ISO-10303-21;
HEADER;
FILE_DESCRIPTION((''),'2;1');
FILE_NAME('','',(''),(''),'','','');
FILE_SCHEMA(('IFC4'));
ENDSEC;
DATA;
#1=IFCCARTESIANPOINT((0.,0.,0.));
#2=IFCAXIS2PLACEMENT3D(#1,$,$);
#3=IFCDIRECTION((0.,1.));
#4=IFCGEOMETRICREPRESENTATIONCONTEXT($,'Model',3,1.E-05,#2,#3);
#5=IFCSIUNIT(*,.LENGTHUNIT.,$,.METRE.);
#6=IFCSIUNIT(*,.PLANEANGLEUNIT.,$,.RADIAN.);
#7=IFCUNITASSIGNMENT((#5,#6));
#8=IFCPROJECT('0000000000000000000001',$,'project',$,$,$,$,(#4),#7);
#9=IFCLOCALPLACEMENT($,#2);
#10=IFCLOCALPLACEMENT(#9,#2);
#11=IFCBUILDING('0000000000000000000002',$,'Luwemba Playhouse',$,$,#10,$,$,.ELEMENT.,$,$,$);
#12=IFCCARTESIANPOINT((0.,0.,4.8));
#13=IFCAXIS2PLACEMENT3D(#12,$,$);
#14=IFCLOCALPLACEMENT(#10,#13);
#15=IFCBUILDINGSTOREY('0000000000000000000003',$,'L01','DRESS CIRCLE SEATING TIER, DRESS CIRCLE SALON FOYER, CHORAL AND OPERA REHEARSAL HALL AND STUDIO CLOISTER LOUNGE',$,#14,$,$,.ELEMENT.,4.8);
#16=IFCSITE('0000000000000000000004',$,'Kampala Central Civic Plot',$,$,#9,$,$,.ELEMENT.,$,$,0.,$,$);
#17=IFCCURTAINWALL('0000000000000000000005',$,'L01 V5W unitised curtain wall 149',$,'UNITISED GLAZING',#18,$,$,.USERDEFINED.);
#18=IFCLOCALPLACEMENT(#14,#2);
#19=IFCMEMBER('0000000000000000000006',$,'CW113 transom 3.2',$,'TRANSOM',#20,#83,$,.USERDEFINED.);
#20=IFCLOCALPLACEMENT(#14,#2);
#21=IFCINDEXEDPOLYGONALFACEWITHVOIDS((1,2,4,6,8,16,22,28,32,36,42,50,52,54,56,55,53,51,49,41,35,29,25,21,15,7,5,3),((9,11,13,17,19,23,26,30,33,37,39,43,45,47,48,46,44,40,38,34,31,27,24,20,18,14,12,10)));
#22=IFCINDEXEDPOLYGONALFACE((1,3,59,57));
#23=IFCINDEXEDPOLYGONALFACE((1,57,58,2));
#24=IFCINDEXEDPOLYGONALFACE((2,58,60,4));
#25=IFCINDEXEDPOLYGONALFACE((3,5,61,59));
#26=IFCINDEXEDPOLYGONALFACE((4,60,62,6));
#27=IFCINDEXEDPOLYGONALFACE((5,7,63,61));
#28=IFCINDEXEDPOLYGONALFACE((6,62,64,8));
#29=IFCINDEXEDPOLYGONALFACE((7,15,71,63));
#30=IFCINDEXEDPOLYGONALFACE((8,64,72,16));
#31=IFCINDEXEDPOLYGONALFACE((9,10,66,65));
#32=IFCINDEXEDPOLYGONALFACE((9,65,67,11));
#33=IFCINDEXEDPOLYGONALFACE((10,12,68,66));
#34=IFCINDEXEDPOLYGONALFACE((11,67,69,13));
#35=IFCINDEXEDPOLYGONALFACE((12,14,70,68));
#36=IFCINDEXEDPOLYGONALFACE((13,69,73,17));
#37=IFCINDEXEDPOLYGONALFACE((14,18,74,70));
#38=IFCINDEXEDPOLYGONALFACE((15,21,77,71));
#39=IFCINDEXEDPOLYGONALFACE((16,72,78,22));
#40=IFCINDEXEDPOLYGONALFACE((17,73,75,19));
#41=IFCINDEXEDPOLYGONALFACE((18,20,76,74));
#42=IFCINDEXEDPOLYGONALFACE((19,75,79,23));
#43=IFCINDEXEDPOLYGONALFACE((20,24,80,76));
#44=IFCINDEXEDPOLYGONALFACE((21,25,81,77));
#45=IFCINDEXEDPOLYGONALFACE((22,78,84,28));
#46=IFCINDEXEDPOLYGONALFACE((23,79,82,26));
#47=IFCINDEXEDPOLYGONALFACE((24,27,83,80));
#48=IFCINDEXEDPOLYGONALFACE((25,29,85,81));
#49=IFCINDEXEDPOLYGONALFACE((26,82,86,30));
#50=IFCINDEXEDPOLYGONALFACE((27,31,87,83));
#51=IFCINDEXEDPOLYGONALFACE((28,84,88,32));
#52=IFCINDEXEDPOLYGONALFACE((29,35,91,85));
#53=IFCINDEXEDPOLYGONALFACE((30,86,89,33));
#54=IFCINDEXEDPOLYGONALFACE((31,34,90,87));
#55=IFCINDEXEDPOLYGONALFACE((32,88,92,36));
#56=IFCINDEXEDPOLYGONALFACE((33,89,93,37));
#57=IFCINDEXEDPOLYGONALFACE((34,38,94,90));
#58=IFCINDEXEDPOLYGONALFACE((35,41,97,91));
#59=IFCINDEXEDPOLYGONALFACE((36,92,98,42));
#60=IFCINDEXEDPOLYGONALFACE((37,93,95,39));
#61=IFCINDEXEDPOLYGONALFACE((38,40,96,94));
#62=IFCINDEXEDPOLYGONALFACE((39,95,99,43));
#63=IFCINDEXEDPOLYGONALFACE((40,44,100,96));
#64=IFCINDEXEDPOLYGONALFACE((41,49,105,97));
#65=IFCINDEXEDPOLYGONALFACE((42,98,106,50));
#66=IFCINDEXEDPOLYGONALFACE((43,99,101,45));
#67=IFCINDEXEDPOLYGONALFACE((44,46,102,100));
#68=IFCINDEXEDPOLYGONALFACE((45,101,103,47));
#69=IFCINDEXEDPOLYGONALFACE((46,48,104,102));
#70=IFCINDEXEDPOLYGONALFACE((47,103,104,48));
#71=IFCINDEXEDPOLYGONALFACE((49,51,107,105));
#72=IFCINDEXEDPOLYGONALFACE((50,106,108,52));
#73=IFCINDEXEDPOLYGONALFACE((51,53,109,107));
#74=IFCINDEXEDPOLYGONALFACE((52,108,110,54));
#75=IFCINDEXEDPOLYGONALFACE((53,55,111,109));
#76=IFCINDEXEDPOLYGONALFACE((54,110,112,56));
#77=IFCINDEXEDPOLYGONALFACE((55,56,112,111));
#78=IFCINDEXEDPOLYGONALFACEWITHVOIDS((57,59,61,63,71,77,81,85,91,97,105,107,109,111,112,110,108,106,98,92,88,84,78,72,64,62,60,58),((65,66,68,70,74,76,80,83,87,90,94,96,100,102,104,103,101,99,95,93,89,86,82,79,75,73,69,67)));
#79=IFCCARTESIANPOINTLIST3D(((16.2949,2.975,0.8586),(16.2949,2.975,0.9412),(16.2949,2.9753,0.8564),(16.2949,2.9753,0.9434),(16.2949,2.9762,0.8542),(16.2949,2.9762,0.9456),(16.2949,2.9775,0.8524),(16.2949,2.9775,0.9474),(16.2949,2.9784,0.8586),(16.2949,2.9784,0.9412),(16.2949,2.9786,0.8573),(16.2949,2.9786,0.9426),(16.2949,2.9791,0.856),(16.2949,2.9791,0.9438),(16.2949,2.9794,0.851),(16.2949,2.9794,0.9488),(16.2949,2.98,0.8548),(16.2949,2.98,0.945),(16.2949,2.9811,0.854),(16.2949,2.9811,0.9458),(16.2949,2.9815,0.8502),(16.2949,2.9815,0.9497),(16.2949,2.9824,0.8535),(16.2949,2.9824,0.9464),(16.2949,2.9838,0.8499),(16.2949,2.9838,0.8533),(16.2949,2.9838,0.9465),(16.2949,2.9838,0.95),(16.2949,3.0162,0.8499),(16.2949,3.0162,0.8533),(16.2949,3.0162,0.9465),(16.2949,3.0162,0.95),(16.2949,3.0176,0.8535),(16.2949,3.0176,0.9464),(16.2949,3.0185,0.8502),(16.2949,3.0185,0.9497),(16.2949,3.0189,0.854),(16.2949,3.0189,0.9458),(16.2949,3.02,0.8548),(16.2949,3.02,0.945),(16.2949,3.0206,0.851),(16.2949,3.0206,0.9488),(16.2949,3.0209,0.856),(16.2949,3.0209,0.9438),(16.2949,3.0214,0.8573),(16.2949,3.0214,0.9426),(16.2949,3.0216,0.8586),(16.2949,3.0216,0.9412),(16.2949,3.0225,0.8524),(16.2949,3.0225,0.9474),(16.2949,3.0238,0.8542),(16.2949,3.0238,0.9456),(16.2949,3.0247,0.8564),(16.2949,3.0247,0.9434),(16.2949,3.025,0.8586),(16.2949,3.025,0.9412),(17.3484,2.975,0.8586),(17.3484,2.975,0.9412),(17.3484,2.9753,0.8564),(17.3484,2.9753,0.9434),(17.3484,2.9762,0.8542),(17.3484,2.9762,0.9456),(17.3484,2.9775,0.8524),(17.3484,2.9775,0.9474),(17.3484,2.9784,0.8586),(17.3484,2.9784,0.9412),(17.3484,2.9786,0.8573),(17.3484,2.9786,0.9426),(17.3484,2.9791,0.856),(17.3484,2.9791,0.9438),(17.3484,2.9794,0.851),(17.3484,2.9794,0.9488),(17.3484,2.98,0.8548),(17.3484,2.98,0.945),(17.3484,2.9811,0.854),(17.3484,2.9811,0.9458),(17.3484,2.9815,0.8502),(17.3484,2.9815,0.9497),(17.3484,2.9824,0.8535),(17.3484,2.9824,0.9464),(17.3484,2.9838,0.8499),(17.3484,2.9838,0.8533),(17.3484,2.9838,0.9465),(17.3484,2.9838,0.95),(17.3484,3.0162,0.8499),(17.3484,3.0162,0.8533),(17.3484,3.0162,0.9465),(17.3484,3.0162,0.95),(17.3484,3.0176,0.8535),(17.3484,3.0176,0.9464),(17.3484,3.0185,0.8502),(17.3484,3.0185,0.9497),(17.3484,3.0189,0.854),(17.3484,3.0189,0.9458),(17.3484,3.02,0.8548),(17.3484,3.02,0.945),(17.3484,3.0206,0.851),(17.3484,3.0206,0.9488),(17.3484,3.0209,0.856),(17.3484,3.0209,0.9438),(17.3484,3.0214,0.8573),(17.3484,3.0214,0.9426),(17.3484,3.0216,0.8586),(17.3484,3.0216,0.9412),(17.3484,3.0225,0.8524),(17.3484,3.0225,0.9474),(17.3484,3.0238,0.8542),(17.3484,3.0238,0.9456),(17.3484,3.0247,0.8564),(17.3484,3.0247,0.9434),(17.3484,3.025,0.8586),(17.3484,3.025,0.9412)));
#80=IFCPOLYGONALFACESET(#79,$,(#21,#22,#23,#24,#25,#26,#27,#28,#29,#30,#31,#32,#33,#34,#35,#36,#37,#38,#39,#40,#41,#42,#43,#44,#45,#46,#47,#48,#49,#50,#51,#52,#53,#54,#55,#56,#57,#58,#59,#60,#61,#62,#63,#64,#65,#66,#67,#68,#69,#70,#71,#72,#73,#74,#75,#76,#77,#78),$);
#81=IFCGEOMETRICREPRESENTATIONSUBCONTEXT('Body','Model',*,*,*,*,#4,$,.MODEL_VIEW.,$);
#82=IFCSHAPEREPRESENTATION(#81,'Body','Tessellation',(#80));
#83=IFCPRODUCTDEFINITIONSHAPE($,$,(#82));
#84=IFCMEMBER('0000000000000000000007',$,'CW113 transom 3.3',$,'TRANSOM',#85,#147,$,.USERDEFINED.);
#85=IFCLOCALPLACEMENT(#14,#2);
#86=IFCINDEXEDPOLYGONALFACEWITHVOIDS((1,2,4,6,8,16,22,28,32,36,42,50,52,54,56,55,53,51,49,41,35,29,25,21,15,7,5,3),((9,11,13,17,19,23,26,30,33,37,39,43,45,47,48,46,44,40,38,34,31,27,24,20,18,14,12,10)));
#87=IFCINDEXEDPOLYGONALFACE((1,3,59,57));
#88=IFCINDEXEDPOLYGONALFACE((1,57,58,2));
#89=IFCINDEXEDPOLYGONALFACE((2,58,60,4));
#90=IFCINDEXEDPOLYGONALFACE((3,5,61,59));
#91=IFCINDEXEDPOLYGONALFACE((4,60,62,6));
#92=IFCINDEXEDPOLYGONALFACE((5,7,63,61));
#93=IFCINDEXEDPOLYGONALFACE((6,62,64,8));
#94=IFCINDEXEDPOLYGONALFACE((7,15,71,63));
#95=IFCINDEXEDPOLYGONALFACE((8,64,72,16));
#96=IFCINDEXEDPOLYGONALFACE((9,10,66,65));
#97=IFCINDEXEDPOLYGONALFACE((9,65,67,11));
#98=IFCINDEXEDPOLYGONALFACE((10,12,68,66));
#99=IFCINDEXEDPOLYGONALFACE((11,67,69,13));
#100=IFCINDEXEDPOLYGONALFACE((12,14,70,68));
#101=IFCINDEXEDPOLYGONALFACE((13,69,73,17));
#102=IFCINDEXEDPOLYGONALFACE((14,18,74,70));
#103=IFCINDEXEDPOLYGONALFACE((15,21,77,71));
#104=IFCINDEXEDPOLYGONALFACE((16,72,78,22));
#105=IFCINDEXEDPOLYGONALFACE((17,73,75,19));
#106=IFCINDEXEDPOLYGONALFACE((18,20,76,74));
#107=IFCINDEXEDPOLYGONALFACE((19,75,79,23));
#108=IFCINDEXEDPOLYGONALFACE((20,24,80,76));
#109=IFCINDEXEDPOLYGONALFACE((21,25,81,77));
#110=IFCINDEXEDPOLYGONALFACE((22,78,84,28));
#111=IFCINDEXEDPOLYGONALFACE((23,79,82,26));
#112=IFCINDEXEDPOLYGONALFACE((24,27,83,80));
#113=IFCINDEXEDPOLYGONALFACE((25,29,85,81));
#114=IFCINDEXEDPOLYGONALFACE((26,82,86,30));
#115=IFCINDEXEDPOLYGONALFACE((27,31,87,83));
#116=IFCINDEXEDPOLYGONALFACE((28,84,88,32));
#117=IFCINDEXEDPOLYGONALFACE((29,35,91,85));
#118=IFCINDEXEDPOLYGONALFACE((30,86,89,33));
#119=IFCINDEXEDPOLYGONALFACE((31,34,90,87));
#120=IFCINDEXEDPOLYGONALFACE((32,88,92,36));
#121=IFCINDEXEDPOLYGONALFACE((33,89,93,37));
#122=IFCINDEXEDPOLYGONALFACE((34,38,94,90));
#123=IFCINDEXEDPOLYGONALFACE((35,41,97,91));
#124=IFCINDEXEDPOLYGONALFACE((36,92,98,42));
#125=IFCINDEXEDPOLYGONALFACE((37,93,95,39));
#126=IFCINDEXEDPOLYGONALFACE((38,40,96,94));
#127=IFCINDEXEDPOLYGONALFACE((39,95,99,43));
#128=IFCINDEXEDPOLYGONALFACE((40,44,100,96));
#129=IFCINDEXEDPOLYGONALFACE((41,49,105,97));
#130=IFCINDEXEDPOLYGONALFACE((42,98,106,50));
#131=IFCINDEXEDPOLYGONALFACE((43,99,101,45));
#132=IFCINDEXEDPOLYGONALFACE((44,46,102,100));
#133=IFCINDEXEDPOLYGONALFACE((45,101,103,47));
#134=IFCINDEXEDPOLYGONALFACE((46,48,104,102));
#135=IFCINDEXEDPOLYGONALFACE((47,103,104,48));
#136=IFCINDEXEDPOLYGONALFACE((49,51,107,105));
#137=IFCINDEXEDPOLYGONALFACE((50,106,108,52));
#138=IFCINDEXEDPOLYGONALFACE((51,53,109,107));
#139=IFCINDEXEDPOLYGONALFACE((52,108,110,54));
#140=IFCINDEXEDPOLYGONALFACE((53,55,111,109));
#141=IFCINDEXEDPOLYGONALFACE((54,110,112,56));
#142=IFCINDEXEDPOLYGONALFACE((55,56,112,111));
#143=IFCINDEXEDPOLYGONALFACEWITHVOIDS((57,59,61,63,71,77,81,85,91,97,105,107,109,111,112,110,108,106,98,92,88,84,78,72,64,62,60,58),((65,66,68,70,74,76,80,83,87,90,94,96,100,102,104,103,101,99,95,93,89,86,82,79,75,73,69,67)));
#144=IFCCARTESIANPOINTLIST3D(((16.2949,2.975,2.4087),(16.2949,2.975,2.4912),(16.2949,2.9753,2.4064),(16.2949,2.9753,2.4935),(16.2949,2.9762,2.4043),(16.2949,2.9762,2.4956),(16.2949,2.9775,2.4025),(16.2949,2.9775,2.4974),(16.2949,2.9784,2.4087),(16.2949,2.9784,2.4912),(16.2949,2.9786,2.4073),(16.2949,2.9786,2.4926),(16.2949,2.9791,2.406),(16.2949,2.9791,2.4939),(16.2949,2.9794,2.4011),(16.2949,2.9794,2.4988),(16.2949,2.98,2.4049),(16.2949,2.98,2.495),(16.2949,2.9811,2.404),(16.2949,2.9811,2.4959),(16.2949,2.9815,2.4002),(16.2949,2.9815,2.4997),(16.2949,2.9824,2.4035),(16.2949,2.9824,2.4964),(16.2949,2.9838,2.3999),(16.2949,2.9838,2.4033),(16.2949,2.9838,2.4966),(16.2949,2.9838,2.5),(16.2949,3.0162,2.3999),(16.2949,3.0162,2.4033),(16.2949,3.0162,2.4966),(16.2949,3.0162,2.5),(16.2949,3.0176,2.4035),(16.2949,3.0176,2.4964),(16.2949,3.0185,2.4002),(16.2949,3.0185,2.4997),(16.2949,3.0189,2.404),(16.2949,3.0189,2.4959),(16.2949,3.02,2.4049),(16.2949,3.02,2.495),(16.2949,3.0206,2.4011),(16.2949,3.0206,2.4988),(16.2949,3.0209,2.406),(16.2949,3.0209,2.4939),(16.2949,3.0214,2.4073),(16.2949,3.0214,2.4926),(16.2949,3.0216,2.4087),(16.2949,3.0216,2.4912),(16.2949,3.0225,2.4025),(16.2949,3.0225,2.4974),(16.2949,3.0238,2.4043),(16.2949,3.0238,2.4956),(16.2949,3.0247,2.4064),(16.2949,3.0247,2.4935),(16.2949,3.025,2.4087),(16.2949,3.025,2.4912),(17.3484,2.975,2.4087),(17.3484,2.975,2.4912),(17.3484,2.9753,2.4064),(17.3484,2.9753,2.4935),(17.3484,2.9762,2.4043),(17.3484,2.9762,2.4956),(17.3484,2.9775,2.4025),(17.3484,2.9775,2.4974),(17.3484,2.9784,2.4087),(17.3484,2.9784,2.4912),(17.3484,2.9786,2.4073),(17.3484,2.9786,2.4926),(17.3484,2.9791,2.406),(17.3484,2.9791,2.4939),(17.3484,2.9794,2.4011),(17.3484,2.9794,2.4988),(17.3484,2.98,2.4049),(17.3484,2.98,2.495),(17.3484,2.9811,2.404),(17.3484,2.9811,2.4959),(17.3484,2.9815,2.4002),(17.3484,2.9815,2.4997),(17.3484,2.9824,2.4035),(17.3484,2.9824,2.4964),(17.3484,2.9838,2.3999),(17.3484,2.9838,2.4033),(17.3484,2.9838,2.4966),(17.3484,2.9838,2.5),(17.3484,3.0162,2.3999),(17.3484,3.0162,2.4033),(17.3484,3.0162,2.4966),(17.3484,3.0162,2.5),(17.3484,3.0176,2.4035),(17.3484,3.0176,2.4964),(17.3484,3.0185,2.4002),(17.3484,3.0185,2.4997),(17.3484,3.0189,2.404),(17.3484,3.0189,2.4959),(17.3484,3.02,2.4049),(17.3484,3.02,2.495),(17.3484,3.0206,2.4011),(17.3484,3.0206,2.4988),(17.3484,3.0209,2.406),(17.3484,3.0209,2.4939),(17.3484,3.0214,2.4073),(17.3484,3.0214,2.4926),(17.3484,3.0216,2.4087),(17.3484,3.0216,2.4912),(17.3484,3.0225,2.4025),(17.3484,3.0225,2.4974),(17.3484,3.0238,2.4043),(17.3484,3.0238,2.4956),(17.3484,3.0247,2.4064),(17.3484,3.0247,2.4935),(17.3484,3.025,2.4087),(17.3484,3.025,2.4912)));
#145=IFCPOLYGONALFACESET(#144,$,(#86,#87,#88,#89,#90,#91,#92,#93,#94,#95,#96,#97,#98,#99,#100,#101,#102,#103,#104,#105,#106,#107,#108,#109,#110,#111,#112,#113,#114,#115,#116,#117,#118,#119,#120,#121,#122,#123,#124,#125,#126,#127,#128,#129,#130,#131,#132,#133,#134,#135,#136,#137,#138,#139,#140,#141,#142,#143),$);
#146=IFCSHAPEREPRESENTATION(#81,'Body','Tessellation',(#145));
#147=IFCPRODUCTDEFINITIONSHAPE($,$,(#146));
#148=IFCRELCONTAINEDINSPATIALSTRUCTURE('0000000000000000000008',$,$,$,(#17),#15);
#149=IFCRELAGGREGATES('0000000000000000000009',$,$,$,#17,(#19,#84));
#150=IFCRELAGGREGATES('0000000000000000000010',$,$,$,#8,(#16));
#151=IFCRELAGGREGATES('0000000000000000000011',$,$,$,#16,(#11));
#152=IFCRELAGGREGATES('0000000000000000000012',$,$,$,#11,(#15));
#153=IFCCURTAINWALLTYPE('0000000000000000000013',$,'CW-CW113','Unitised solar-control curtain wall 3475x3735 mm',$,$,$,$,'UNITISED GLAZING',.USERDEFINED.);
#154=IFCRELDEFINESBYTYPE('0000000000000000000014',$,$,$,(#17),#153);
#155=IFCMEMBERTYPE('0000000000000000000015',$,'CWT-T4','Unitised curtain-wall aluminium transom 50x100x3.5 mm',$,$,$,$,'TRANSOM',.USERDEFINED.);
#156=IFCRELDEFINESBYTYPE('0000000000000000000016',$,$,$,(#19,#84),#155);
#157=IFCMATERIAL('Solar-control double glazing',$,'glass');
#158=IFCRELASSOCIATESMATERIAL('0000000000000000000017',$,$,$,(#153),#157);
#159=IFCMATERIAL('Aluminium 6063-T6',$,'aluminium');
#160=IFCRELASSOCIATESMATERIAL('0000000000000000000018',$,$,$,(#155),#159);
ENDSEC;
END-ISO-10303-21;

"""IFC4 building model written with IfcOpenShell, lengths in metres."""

from ifc_helpers import new_model, si_unit, direction, frame, origin, origin_2d, place, context, subcontext, project, spatial, hollow_rectangle, extrude, material, material_profile, profile_set, type_object, element, aggregate, save


model = new_model("IFC4")

# Units and contexts
model_context = context("Model", 3, precision=1e-05, world=origin(), true_north=direction((0.0, 1.0)))
body_context = subcontext(model_context, "Body", "Model", "MODEL_VIEW")
ifc_project = project(units=[si_unit("LENGTHUNIT", "METRE"), si_unit("PLANEANGLEUNIT", "RADIAN")], contexts=[model_context])

# Site, building, storey
site_placement = place(None, origin())
site = spatial("IfcSite", under=ifc_project, at=site_placement, Name="Kampala Central Civic Plot", CompositionType="ELEMENT", RefElevation=0.0)
building_placement = place(site_placement, origin())
building = spatial("IfcBuilding", under=site, at=building_placement, Name="Luwemba Playhouse", CompositionType="ELEMENT")
storey_placement = place(building_placement, frame((0.0, 0.0, 4.8)))
storey = spatial("IfcBuildingStorey", under=building, at=storey_placement, Name="L01", Description="DRESS CIRCLE SEATING TIER, DRESS CIRCLE SALON FOYER, CHORAL AND OPERA REHEARSAL HALL AND STUDIO CLOISTER LOUNGE", CompositionType="ELEMENT", Elevation=4.8)

# Curtain wall
ifc_material_1 = material(Name="Solar-control double glazing", Category="glass")
ifc_material_2 = material(Name="Aluminium 6063-T6", Category="aluminium")
curtain_wall_type_1 = type_object("IfcCurtainWallType", Name="CW-CW113", Description="Unitised solar-control curtain wall 3475x3735 mm", ElementType="UNITISED GLAZING", PredefinedType="USERDEFINED", material=ifc_material_1)
curtain_wall_1_placement = place(storey_placement, origin())
curtain_wall_1 = element("IfcCurtainWall", 1, at=curtain_wall_1_placement, inside=storey, type_object=curtain_wall_type_1, Name="L01 V5W unitised curtain wall 149", ObjectType="UNITISED GLAZING", PredefinedType="USERDEFINED")

# Members
ifc_material_profile_1 = material_profile(ifc_material_2, hollow_rectangle(XDim=0.05, YDim=0.1001, WallThickness=0.0034, InnerFilletRadius=0.0054, OuterFilletRadius=0.0088, at=origin_2d()))
ifc_profile_set_1 = profile_set([ifc_material_profile_1], Name="Aluminium 6063-T6")
member_type_1 = type_object("IfcMemberType", Name="CWT-T4", Description="Unitised curtain-wall aluminium transom 50x100x3.5 mm", ElementType="TRANSOM", PredefinedType="USERDEFINED", material=ifc_profile_set_1)
member_1_placement = place(storey_placement, frame((17.3484, 3.0, 0.8999), z_axis=(-1.0, 0.0, 0.0), x_axis=(0.0, -1.0, 0.0)))
member_1 = element("IfcMember", 2, at=member_1_placement, type_object=member_type_1, Name="CW113 transom 3.2", ObjectType="TRANSOM", PredefinedType="USERDEFINED", context=body_context, shape_type="SweptSolid", body=[
    extrude(hollow_rectangle(XDim=0.05, YDim=0.1001, WallThickness=0.0034, InnerFilletRadius=0.0054, OuterFilletRadius=0.0088, at=origin_2d()), origin(), (0.0, 0.0, 1.0), 1.0535),
])
member_2_placement = place(storey_placement, frame((17.3484, 3.0, 2.45), z_axis=(-1.0, 0.0, 0.0), x_axis=(0.0, -1.0, 0.0)))
member_2 = element("IfcMember", 3, at=member_2_placement, type_object=member_type_1, Name="CW113 transom 3.3", ObjectType="TRANSOM", PredefinedType="USERDEFINED", context=body_context, shape_type="SweptSolid", body=[
    extrude(hollow_rectangle(XDim=0.05, YDim=0.1001, WallThickness=0.0034, InnerFilletRadius=0.0054, OuterFilletRadius=0.0088, at=origin_2d()), origin(), (0.0, 0.0, 1.0), 1.0535),
])

aggregate(curtain_wall_1, [member_1, member_2])

save(model, "model.ifc")
